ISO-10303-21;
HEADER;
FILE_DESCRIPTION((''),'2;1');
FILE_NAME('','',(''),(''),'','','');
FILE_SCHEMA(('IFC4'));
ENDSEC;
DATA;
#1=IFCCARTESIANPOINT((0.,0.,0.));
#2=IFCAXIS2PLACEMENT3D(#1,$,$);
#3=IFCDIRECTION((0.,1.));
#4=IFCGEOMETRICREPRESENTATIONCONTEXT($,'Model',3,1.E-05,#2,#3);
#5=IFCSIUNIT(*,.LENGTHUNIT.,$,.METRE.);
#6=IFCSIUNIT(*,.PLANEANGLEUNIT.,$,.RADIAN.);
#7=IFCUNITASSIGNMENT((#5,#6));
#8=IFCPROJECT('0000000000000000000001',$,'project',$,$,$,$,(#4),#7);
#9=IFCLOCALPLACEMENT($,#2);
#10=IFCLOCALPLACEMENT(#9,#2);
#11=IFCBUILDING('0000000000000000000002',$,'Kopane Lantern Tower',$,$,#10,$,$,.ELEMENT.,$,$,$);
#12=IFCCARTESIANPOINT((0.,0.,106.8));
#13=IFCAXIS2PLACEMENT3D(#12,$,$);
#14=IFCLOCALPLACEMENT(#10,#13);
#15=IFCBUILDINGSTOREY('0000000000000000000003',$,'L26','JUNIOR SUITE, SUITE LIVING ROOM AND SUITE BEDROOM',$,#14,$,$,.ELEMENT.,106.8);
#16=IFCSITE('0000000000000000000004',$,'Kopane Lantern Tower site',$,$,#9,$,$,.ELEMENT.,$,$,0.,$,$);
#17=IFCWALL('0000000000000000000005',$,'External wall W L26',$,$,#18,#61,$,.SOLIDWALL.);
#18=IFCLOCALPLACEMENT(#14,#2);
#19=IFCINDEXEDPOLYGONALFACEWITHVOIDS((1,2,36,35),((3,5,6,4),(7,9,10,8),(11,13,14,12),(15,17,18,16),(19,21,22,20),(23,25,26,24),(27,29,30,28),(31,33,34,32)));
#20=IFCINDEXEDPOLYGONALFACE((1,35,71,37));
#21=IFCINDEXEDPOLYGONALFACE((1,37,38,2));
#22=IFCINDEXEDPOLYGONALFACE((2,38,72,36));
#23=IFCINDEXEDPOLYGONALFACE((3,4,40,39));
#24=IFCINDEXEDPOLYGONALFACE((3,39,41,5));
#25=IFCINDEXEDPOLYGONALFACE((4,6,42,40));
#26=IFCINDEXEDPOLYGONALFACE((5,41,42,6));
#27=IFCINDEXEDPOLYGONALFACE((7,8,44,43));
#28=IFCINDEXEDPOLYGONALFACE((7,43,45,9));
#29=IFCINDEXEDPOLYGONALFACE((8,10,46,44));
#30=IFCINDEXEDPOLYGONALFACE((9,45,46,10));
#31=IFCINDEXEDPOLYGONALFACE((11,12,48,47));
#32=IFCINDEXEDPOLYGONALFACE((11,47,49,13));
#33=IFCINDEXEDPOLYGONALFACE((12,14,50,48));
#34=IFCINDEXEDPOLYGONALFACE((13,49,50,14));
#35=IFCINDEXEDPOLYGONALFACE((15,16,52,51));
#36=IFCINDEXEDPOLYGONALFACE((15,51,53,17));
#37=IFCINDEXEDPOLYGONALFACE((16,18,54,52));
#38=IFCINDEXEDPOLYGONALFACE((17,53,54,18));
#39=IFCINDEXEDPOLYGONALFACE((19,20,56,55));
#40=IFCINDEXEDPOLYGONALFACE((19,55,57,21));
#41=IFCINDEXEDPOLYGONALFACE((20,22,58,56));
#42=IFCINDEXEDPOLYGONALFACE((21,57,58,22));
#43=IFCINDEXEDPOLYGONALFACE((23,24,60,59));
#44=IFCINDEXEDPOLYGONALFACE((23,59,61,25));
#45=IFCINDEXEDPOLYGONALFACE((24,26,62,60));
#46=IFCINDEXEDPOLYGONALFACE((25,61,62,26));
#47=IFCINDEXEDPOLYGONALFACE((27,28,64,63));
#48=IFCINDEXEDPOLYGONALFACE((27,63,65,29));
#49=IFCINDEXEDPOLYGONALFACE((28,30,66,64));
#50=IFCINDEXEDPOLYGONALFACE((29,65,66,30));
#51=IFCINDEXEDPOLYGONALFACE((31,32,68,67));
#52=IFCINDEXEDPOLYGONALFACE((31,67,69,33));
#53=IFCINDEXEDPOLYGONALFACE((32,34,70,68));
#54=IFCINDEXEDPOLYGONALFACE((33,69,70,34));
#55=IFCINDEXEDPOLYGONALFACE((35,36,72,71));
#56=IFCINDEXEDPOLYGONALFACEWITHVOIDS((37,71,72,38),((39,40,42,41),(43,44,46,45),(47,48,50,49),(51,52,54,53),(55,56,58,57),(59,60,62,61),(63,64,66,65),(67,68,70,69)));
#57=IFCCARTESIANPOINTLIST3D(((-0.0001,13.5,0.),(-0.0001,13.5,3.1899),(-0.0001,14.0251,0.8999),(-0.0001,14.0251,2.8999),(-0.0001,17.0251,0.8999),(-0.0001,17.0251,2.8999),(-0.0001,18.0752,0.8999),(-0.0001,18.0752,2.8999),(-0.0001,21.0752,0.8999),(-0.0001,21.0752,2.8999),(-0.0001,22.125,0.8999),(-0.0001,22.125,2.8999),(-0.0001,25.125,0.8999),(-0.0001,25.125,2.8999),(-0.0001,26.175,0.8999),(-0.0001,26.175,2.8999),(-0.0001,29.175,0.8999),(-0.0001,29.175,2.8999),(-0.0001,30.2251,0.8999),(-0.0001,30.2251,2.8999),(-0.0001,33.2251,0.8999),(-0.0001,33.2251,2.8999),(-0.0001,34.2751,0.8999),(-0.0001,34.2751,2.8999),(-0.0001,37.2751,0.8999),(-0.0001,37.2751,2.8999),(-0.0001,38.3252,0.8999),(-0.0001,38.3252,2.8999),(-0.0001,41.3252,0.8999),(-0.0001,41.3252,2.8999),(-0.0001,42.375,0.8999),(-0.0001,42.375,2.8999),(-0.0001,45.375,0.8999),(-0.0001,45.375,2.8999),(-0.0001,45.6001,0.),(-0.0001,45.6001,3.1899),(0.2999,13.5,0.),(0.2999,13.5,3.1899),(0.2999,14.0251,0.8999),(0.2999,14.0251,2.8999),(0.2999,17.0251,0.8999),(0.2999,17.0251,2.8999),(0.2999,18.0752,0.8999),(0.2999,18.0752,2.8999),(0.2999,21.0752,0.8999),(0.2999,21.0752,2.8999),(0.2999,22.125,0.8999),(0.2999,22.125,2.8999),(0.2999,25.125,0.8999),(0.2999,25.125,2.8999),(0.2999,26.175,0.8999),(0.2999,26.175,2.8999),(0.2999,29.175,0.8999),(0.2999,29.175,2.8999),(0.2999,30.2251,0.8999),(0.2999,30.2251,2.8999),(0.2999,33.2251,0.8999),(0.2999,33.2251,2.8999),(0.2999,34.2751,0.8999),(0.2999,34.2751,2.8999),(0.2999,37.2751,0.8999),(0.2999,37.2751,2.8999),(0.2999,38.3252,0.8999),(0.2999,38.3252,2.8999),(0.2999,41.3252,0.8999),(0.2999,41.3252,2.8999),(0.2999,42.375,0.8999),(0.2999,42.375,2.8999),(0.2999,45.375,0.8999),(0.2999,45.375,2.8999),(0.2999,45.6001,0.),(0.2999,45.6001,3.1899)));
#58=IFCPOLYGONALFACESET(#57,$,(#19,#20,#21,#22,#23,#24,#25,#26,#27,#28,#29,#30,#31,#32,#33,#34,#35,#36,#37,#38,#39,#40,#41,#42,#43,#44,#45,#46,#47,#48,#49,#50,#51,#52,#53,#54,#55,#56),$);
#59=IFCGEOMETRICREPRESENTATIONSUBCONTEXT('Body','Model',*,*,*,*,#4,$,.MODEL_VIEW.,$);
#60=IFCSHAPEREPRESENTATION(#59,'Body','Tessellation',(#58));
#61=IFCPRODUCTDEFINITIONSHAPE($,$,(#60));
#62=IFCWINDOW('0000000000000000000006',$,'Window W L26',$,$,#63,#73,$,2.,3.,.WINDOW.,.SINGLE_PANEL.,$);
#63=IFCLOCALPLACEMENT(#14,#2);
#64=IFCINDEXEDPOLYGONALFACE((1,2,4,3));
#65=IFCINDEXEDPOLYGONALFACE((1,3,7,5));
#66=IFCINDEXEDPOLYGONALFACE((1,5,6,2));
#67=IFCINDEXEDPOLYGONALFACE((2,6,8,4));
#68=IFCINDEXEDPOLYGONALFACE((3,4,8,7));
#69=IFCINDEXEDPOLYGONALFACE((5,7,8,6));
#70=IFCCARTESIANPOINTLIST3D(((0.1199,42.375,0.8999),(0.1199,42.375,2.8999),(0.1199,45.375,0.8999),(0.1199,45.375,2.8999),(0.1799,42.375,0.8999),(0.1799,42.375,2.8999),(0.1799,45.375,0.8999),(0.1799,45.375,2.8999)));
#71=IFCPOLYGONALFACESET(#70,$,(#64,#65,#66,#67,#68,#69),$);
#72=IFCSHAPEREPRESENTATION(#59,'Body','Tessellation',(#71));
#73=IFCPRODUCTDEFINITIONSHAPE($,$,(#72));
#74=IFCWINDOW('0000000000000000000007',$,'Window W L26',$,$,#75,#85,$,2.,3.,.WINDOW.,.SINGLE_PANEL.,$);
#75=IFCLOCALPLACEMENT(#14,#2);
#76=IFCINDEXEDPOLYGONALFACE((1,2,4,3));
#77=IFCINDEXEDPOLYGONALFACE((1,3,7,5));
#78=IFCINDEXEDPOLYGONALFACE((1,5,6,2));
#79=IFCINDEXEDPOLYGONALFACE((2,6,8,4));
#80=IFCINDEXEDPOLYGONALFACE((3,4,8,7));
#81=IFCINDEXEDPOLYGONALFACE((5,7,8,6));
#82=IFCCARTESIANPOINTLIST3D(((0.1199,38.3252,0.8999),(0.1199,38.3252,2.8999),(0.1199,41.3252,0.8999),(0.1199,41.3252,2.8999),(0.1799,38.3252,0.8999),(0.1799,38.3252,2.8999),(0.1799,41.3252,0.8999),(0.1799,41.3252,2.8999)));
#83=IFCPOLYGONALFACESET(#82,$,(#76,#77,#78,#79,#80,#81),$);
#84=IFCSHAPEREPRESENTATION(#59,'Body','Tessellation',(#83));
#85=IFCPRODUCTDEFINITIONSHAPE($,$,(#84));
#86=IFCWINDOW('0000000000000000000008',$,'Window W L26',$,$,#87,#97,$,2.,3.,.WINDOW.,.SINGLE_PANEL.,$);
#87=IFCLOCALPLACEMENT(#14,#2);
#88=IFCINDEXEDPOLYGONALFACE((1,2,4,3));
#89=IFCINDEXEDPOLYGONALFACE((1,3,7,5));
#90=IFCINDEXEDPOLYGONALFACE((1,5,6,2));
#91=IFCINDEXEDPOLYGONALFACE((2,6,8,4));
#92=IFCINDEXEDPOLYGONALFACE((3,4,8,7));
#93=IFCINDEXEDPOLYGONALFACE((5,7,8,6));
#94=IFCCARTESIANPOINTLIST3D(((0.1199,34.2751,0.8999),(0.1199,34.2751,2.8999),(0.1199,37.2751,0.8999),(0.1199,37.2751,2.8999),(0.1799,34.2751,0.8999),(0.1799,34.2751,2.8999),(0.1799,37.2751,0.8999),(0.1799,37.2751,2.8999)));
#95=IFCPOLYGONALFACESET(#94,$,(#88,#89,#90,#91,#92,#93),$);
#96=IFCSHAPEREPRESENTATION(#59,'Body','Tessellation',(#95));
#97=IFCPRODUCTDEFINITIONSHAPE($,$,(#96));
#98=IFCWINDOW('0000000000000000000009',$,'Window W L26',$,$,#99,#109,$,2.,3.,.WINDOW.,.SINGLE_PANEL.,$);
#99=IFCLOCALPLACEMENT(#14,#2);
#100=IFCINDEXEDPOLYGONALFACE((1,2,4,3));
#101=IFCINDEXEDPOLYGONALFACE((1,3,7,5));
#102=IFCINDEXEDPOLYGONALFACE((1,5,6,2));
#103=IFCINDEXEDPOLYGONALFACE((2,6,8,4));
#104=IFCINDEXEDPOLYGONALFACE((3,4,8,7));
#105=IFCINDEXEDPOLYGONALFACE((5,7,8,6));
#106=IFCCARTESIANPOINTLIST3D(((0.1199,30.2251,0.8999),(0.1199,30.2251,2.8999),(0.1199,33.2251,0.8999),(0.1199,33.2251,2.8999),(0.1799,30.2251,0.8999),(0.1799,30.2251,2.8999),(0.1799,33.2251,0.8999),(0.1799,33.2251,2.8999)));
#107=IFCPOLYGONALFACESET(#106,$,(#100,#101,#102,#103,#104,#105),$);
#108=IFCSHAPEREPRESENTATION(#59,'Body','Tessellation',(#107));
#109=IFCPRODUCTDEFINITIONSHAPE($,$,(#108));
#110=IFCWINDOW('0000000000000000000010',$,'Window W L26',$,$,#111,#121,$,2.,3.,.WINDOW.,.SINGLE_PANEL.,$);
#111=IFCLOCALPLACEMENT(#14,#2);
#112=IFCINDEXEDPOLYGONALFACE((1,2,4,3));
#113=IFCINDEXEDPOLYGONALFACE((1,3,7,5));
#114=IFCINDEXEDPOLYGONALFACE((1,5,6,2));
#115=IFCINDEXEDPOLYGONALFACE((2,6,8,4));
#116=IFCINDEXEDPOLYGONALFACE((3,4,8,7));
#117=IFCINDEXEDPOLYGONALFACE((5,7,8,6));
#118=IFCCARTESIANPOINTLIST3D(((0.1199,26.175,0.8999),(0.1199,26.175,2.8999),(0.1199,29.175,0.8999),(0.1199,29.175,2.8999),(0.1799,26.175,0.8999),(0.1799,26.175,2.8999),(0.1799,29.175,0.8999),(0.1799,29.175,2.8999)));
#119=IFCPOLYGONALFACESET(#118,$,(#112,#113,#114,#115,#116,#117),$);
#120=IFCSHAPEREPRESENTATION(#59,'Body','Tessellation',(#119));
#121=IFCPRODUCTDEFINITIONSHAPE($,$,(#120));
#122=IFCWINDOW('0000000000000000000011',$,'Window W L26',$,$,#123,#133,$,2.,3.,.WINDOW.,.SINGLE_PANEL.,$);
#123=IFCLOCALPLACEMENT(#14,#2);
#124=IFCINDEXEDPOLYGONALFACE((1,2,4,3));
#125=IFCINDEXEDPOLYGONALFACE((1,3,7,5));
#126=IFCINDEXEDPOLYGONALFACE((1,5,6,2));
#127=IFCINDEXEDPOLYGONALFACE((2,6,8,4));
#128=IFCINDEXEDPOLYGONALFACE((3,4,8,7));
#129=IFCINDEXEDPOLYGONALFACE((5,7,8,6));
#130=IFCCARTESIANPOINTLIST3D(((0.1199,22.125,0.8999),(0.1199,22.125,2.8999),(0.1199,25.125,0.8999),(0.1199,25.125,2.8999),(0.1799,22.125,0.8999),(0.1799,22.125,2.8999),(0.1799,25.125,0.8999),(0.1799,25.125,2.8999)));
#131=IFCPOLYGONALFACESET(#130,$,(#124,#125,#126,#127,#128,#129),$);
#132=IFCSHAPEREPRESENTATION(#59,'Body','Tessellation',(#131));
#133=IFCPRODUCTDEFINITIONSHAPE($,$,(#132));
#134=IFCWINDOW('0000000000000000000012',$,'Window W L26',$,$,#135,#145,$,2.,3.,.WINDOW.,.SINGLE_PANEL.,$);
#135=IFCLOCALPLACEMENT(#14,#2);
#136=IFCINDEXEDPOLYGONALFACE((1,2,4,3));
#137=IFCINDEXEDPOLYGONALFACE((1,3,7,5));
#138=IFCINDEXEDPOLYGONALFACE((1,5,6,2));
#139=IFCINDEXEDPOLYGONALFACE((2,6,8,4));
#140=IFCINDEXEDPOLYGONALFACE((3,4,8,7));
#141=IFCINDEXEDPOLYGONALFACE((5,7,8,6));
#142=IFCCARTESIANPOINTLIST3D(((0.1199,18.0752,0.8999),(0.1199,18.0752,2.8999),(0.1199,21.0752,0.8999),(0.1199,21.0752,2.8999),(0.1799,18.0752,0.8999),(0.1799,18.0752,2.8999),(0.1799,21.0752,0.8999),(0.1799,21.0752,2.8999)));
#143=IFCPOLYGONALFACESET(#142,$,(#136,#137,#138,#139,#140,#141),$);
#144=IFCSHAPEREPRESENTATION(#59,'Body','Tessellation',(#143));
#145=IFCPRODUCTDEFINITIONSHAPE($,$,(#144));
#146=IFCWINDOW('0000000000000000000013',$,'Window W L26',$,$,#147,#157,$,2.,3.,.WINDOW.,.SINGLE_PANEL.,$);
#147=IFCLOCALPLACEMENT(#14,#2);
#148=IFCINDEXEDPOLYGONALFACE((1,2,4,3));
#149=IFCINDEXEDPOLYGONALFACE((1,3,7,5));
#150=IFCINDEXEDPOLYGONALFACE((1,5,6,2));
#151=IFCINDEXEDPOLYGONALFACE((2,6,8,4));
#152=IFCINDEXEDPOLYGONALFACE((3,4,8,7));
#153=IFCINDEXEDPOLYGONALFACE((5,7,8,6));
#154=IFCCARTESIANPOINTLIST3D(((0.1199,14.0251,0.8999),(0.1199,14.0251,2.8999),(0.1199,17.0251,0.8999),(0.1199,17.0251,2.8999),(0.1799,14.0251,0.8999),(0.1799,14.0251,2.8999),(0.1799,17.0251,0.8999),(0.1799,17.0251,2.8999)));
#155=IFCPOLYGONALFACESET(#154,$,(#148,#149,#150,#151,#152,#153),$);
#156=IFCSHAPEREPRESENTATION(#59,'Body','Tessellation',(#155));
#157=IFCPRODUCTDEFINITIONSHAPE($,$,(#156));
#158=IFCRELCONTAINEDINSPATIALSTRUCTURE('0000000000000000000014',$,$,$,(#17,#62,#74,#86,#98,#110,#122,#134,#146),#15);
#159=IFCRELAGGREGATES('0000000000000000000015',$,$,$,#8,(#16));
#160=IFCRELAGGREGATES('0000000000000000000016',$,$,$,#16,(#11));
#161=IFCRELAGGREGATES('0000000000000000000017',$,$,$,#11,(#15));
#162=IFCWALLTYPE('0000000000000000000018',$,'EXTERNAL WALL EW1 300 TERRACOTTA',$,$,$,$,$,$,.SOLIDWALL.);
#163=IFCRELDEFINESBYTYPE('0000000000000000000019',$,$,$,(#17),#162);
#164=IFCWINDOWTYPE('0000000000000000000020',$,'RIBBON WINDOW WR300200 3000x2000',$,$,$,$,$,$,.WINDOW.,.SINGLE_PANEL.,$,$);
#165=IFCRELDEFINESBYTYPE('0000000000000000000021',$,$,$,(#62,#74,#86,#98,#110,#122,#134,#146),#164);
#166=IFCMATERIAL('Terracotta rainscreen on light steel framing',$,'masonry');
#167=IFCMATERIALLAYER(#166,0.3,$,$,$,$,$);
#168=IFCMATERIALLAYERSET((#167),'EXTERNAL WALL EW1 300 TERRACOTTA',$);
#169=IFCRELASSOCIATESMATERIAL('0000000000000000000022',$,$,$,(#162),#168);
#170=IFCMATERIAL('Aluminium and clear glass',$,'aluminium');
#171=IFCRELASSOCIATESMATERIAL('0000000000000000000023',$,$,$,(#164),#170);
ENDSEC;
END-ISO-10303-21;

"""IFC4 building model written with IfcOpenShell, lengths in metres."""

from ifc_helpers import new_model, si_unit, direction, frame, frame_2d, origin, place, context, subcontext, project, spatial, rectangle, extrude, material, layer, layer_set, type_object, element, fill, save


model = new_model("IFC4")

# Units and contexts
model_context = context("Model", 3, precision=1e-05, world=origin(), true_north=direction((0.0, 1.0)))
body_context = subcontext(model_context, "Body", "Model", "MODEL_VIEW")
ifc_project = project(units=[si_unit("LENGTHUNIT", "METRE"), si_unit("PLANEANGLEUNIT", "RADIAN")], contexts=[model_context])

# Site, building, storey
site_placement = place(None, origin())
site = spatial("IfcSite", under=ifc_project, at=site_placement, Name="Kopane Lantern Tower site", CompositionType="ELEMENT", RefElevation=0.0)
building_placement = place(site_placement, origin())
building = spatial("IfcBuilding", under=site, at=building_placement, Name="Kopane Lantern Tower", CompositionType="ELEMENT")
storey_placement = place(building_placement, frame((0.0, 0.0, 106.8)))
storey = spatial("IfcBuildingStorey", under=building, at=storey_placement, Name="L26", Description="JUNIOR SUITE, SUITE LIVING ROOM AND SUITE BEDROOM", CompositionType="ELEMENT", Elevation=106.8)

# Shared definitions
ifc_material_1 = material(Name="Terracotta rainscreen on light steel framing", Category="masonry")
ifc_layer_1 = layer(ifc_material_1, 0.3)
ifc_layer_set_1 = layer_set([ifc_layer_1], Name="EXTERNAL WALL EW1 300 TERRACOTTA")
wall_type_1 = type_object("IfcWallType", Name="EXTERNAL WALL EW1 300 TERRACOTTA", PredefinedType="SOLIDWALL", material=ifc_layer_set_1)

# Wall, openings, windows
wall_1_placement = place(storey_placement, frame((0.1499, 45.6001, 0.0), z_axis=(0.0, 0.0, 1.0), x_axis=(0.0, -1.0, 0.0)))
wall_1 = element("IfcWall", 1, at=wall_1_placement, inside=storey, type_object=wall_type_1, Name="External wall W L26", PredefinedType="SOLIDWALL", context=body_context, shape_type="SweptSolid", body=[
    extrude(rectangle(XDim=32.1001, YDim=0.3, at=frame_2d((16.05, 0.0))), origin(), (0.0, 0.0, 1.0), 3.1899),
])
opening_1_placement = place(wall_1_placement, frame((0.2251, 0.0, 0.8999)))
opening_1 = element("IfcOpeningElement", 2, at=opening_1_placement, cuts=wall_1, PredefinedType="OPENING", context=body_context, shape_type="SweptSolid", body=[
    extrude(rectangle(XDim=3.0, YDim=2.0, at=frame_2d((1.5, 1.0))), frame((0.0, 0.1599, 0.0), z_axis=(0.0, -1.0, 0.0), x_axis=(1.0, 0.0, 0.0)), (0.0, 0.0, 1.0), 0.3201),
])
opening_2_placement = place(wall_1_placement, frame((4.2749, 0.0, 0.8999)))
opening_2 = element("IfcOpeningElement", 3, at=opening_2_placement, cuts=wall_1, PredefinedType="OPENING", context=body_context, shape_type="SweptSolid", body=[
    extrude(rectangle(XDim=3.0, YDim=2.0, at=frame_2d((1.5, 1.0))), frame((0.0, 0.1599, 0.0), z_axis=(0.0, -1.0, 0.0), x_axis=(1.0, 0.0, 0.0)), (0.0, 0.0, 1.0), 0.3201),
])
opening_3_placement = place(wall_1_placement, frame((8.325, 0.0, 0.8999)))
opening_3 = element("IfcOpeningElement", 4, at=opening_3_placement, cuts=wall_1, PredefinedType="OPENING", context=body_context, shape_type="SweptSolid", body=[
    extrude(rectangle(XDim=3.0, YDim=2.0, at=frame_2d((1.5, 1.0))), frame((0.0, 0.1599, 0.0), z_axis=(0.0, -1.0, 0.0), x_axis=(1.0, 0.0, 0.0)), (0.0, 0.0, 1.0), 0.3201),
])
opening_4_placement = place(wall_1_placement, frame((12.375, 0.0, 0.8999)))
opening_4 = element("IfcOpeningElement", 5, at=opening_4_placement, cuts=wall_1, PredefinedType="OPENING", context=body_context, shape_type="SweptSolid", body=[
    extrude(rectangle(XDim=3.0, YDim=2.0, at=frame_2d((1.5, 1.0))), frame((0.0, 0.1599, 0.0), z_axis=(0.0, -1.0, 0.0), x_axis=(1.0, 0.0, 0.0)), (0.0, 0.0, 1.0), 0.3201),
])
opening_5_placement = place(wall_1_placement, frame((16.425, 0.0, 0.8999)))
opening_5 = element("IfcOpeningElement", 6, at=opening_5_placement, cuts=wall_1, PredefinedType="OPENING", context=body_context, shape_type="SweptSolid", body=[
    extrude(rectangle(XDim=3.0, YDim=2.0, at=frame_2d((1.5, 1.0))), frame((0.0, 0.1599, 0.0), z_axis=(0.0, -1.0, 0.0), x_axis=(1.0, 0.0, 0.0)), (0.0, 0.0, 1.0), 0.3201),
])
opening_6_placement = place(wall_1_placement, frame((20.4751, 0.0, 0.8999)))
opening_6 = element("IfcOpeningElement", 7, at=opening_6_placement, cuts=wall_1, PredefinedType="OPENING", context=body_context, shape_type="SweptSolid", body=[
    extrude(rectangle(XDim=3.0, YDim=2.0, at=frame_2d((1.5, 1.0))), frame((0.0, 0.1599, 0.0), z_axis=(0.0, -1.0, 0.0), x_axis=(1.0, 0.0, 0.0)), (0.0, 0.0, 1.0), 0.3201),
])
opening_7_placement = place(wall_1_placement, frame((24.5249, 0.0, 0.8999)))
opening_7 = element("IfcOpeningElement", 8, at=opening_7_placement, cuts=wall_1, PredefinedType="OPENING", context=body_context, shape_type="SweptSolid", body=[
    extrude(rectangle(XDim=3.0, YDim=2.0, at=frame_2d((1.5, 1.0))), frame((0.0, 0.1599, 0.0), z_axis=(0.0, -1.0, 0.0), x_axis=(1.0, 0.0, 0.0)), (0.0, 0.0, 1.0), 0.3201),
])
opening_8_placement = place(wall_1_placement, frame((28.575, 0.0, 0.8999)))
opening_8 = element("IfcOpeningElement", 9, at=opening_8_placement, cuts=wall_1, PredefinedType="OPENING", context=body_context, shape_type="SweptSolid", body=[
    extrude(rectangle(XDim=3.0, YDim=2.0, at=frame_2d((1.5, 1.0))), frame((0.0, 0.1599, 0.0), z_axis=(0.0, -1.0, 0.0), x_axis=(1.0, 0.0, 0.0)), (0.0, 0.0, 1.0), 0.3201),
])
ifc_material_2 = material(Name="Aluminium and clear glass", Category="aluminium")
window_type_1 = type_object("IfcWindowType", Name="RIBBON WINDOW WR300200 3000x2000", PartitioningType="SINGLE_PANEL", PredefinedType="WINDOW", material=ifc_material_2)
window_1_placement = place(opening_1_placement, origin())
window_1 = element("IfcWindow", 10, at=window_1_placement, inside=storey, type_object=window_type_1, Name="Window W L26", OverallHeight=2.0, OverallWidth=3.0, PartitioningType="SINGLE_PANEL", PredefinedType="WINDOW", context=body_context, shape_type="SweptSolid", body=[
    extrude(rectangle(XDim=3.0, YDim=2.0, at=frame_2d((1.5, 1.0))), frame((0.0, 0.03, 0.0), z_axis=(0.0, -1.0, 0.0), x_axis=(1.0, 0.0, 0.0)), (0.0, 0.0, 1.0), 0.0601),
])
fill(opening_1, window_1)
window_2_placement = place(opening_2_placement, origin())
window_2 = element("IfcWindow", 11, at=window_2_placement, inside=storey, type_object=window_type_1, Name="Window W L26", OverallHeight=2.0, OverallWidth=3.0, PartitioningType="SINGLE_PANEL", PredefinedType="WINDOW", context=body_context, shape_type="SweptSolid", body=[
    extrude(rectangle(XDim=3.0, YDim=2.0, at=frame_2d((1.5, 1.0))), frame((0.0, 0.03, 0.0), z_axis=(0.0, -1.0, 0.0), x_axis=(1.0, 0.0, 0.0)), (0.0, 0.0, 1.0), 0.0601),
])
fill(opening_2, window_2)
window_3_placement = place(opening_3_placement, origin())
window_3 = element("IfcWindow", 12, at=window_3_placement, inside=storey, type_object=window_type_1, Name="Window W L26", OverallHeight=2.0, OverallWidth=3.0, PartitioningType="SINGLE_PANEL", PredefinedType="WINDOW", context=body_context, shape_type="SweptSolid", body=[
    extrude(rectangle(XDim=3.0, YDim=2.0, at=frame_2d((1.5, 1.0))), frame((0.0, 0.03, 0.0), z_axis=(0.0, -1.0, 0.0), x_axis=(1.0, 0.0, 0.0)), (0.0, 0.0, 1.0), 0.0601),
])
fill(opening_3, window_3)
window_4_placement = place(opening_4_placement, origin())
window_4 = element("IfcWindow", 13, at=window_4_placement, inside=storey, type_object=window_type_1, Name="Window W L26", OverallHeight=2.0, OverallWidth=3.0, PartitioningType="SINGLE_PANEL", PredefinedType="WINDOW", context=body_context, shape_type="SweptSolid", body=[
    extrude(rectangle(XDim=3.0, YDim=2.0, at=frame_2d((1.5, 1.0))), frame((0.0, 0.03, 0.0), z_axis=(0.0, -1.0, 0.0), x_axis=(1.0, 0.0, 0.0)), (0.0, 0.0, 1.0), 0.0601),
])
fill(opening_4, window_4)
window_5_placement = place(opening_5_placement, origin())
window_5 = element("IfcWindow", 14, at=window_5_placement, inside=storey, type_object=window_type_1, Name="Window W L26", OverallHeight=2.0, OverallWidth=3.0, PartitioningType="SINGLE_PANEL", PredefinedType="WINDOW", context=body_context, shape_type="SweptSolid", body=[
    extrude(rectangle(XDim=3.0, YDim=2.0, at=frame_2d((1.5, 1.0))), frame((0.0, 0.03, 0.0), z_axis=(0.0, -1.0, 0.0), x_axis=(1.0, 0.0, 0.0)), (0.0, 0.0, 1.0), 0.0601),
])
fill(opening_5, window_5)
window_6_placement = place(opening_6_placement, origin())
window_6 = element("IfcWindow", 15, at=window_6_placement, inside=storey, type_object=window_type_1, Name="Window W L26", OverallHeight=2.0, OverallWidth=3.0, PartitioningType="SINGLE_PANEL", PredefinedType="WINDOW", context=body_context, shape_type="SweptSolid", body=[
    extrude(rectangle(XDim=3.0, YDim=2.0, at=frame_2d((1.5, 1.0))), frame((0.0, 0.03, 0.0), z_axis=(0.0, -1.0, 0.0), x_axis=(1.0, 0.0, 0.0)), (0.0, 0.0, 1.0), 0.0601),
])
fill(opening_6, window_6)
window_7_placement = place(opening_7_placement, origin())
window_7 = element("IfcWindow", 16, at=window_7_placement, inside=storey, type_object=window_type_1, Name="Window W L26", OverallHeight=2.0, OverallWidth=3.0, PartitioningType="SINGLE_PANEL", PredefinedType="WINDOW", context=body_context, shape_type="SweptSolid", body=[
    extrude(rectangle(XDim=3.0, YDim=2.0, at=frame_2d((1.5, 1.0))), frame((0.0, 0.03, 0.0), z_axis=(0.0, -1.0, 0.0), x_axis=(1.0, 0.0, 0.0)), (0.0, 0.0, 1.0), 0.0601),
])
fill(opening_7, window_7)
window_8_placement = place(opening_8_placement, origin())
window_8 = element("IfcWindow", 17, at=window_8_placement, inside=storey, type_object=window_type_1, Name="Window W L26", OverallHeight=2.0, OverallWidth=3.0, PartitioningType="SINGLE_PANEL", PredefinedType="WINDOW", context=body_context, shape_type="SweptSolid", body=[
    extrude(rectangle(XDim=3.0, YDim=2.0, at=frame_2d((1.5, 1.0))), frame((0.0, 0.03, 0.0), z_axis=(0.0, -1.0, 0.0), x_axis=(1.0, 0.0, 0.0)), (0.0, 0.0, 1.0), 0.0601),
])
fill(opening_8, window_8)

save(model, "model.ifc")
